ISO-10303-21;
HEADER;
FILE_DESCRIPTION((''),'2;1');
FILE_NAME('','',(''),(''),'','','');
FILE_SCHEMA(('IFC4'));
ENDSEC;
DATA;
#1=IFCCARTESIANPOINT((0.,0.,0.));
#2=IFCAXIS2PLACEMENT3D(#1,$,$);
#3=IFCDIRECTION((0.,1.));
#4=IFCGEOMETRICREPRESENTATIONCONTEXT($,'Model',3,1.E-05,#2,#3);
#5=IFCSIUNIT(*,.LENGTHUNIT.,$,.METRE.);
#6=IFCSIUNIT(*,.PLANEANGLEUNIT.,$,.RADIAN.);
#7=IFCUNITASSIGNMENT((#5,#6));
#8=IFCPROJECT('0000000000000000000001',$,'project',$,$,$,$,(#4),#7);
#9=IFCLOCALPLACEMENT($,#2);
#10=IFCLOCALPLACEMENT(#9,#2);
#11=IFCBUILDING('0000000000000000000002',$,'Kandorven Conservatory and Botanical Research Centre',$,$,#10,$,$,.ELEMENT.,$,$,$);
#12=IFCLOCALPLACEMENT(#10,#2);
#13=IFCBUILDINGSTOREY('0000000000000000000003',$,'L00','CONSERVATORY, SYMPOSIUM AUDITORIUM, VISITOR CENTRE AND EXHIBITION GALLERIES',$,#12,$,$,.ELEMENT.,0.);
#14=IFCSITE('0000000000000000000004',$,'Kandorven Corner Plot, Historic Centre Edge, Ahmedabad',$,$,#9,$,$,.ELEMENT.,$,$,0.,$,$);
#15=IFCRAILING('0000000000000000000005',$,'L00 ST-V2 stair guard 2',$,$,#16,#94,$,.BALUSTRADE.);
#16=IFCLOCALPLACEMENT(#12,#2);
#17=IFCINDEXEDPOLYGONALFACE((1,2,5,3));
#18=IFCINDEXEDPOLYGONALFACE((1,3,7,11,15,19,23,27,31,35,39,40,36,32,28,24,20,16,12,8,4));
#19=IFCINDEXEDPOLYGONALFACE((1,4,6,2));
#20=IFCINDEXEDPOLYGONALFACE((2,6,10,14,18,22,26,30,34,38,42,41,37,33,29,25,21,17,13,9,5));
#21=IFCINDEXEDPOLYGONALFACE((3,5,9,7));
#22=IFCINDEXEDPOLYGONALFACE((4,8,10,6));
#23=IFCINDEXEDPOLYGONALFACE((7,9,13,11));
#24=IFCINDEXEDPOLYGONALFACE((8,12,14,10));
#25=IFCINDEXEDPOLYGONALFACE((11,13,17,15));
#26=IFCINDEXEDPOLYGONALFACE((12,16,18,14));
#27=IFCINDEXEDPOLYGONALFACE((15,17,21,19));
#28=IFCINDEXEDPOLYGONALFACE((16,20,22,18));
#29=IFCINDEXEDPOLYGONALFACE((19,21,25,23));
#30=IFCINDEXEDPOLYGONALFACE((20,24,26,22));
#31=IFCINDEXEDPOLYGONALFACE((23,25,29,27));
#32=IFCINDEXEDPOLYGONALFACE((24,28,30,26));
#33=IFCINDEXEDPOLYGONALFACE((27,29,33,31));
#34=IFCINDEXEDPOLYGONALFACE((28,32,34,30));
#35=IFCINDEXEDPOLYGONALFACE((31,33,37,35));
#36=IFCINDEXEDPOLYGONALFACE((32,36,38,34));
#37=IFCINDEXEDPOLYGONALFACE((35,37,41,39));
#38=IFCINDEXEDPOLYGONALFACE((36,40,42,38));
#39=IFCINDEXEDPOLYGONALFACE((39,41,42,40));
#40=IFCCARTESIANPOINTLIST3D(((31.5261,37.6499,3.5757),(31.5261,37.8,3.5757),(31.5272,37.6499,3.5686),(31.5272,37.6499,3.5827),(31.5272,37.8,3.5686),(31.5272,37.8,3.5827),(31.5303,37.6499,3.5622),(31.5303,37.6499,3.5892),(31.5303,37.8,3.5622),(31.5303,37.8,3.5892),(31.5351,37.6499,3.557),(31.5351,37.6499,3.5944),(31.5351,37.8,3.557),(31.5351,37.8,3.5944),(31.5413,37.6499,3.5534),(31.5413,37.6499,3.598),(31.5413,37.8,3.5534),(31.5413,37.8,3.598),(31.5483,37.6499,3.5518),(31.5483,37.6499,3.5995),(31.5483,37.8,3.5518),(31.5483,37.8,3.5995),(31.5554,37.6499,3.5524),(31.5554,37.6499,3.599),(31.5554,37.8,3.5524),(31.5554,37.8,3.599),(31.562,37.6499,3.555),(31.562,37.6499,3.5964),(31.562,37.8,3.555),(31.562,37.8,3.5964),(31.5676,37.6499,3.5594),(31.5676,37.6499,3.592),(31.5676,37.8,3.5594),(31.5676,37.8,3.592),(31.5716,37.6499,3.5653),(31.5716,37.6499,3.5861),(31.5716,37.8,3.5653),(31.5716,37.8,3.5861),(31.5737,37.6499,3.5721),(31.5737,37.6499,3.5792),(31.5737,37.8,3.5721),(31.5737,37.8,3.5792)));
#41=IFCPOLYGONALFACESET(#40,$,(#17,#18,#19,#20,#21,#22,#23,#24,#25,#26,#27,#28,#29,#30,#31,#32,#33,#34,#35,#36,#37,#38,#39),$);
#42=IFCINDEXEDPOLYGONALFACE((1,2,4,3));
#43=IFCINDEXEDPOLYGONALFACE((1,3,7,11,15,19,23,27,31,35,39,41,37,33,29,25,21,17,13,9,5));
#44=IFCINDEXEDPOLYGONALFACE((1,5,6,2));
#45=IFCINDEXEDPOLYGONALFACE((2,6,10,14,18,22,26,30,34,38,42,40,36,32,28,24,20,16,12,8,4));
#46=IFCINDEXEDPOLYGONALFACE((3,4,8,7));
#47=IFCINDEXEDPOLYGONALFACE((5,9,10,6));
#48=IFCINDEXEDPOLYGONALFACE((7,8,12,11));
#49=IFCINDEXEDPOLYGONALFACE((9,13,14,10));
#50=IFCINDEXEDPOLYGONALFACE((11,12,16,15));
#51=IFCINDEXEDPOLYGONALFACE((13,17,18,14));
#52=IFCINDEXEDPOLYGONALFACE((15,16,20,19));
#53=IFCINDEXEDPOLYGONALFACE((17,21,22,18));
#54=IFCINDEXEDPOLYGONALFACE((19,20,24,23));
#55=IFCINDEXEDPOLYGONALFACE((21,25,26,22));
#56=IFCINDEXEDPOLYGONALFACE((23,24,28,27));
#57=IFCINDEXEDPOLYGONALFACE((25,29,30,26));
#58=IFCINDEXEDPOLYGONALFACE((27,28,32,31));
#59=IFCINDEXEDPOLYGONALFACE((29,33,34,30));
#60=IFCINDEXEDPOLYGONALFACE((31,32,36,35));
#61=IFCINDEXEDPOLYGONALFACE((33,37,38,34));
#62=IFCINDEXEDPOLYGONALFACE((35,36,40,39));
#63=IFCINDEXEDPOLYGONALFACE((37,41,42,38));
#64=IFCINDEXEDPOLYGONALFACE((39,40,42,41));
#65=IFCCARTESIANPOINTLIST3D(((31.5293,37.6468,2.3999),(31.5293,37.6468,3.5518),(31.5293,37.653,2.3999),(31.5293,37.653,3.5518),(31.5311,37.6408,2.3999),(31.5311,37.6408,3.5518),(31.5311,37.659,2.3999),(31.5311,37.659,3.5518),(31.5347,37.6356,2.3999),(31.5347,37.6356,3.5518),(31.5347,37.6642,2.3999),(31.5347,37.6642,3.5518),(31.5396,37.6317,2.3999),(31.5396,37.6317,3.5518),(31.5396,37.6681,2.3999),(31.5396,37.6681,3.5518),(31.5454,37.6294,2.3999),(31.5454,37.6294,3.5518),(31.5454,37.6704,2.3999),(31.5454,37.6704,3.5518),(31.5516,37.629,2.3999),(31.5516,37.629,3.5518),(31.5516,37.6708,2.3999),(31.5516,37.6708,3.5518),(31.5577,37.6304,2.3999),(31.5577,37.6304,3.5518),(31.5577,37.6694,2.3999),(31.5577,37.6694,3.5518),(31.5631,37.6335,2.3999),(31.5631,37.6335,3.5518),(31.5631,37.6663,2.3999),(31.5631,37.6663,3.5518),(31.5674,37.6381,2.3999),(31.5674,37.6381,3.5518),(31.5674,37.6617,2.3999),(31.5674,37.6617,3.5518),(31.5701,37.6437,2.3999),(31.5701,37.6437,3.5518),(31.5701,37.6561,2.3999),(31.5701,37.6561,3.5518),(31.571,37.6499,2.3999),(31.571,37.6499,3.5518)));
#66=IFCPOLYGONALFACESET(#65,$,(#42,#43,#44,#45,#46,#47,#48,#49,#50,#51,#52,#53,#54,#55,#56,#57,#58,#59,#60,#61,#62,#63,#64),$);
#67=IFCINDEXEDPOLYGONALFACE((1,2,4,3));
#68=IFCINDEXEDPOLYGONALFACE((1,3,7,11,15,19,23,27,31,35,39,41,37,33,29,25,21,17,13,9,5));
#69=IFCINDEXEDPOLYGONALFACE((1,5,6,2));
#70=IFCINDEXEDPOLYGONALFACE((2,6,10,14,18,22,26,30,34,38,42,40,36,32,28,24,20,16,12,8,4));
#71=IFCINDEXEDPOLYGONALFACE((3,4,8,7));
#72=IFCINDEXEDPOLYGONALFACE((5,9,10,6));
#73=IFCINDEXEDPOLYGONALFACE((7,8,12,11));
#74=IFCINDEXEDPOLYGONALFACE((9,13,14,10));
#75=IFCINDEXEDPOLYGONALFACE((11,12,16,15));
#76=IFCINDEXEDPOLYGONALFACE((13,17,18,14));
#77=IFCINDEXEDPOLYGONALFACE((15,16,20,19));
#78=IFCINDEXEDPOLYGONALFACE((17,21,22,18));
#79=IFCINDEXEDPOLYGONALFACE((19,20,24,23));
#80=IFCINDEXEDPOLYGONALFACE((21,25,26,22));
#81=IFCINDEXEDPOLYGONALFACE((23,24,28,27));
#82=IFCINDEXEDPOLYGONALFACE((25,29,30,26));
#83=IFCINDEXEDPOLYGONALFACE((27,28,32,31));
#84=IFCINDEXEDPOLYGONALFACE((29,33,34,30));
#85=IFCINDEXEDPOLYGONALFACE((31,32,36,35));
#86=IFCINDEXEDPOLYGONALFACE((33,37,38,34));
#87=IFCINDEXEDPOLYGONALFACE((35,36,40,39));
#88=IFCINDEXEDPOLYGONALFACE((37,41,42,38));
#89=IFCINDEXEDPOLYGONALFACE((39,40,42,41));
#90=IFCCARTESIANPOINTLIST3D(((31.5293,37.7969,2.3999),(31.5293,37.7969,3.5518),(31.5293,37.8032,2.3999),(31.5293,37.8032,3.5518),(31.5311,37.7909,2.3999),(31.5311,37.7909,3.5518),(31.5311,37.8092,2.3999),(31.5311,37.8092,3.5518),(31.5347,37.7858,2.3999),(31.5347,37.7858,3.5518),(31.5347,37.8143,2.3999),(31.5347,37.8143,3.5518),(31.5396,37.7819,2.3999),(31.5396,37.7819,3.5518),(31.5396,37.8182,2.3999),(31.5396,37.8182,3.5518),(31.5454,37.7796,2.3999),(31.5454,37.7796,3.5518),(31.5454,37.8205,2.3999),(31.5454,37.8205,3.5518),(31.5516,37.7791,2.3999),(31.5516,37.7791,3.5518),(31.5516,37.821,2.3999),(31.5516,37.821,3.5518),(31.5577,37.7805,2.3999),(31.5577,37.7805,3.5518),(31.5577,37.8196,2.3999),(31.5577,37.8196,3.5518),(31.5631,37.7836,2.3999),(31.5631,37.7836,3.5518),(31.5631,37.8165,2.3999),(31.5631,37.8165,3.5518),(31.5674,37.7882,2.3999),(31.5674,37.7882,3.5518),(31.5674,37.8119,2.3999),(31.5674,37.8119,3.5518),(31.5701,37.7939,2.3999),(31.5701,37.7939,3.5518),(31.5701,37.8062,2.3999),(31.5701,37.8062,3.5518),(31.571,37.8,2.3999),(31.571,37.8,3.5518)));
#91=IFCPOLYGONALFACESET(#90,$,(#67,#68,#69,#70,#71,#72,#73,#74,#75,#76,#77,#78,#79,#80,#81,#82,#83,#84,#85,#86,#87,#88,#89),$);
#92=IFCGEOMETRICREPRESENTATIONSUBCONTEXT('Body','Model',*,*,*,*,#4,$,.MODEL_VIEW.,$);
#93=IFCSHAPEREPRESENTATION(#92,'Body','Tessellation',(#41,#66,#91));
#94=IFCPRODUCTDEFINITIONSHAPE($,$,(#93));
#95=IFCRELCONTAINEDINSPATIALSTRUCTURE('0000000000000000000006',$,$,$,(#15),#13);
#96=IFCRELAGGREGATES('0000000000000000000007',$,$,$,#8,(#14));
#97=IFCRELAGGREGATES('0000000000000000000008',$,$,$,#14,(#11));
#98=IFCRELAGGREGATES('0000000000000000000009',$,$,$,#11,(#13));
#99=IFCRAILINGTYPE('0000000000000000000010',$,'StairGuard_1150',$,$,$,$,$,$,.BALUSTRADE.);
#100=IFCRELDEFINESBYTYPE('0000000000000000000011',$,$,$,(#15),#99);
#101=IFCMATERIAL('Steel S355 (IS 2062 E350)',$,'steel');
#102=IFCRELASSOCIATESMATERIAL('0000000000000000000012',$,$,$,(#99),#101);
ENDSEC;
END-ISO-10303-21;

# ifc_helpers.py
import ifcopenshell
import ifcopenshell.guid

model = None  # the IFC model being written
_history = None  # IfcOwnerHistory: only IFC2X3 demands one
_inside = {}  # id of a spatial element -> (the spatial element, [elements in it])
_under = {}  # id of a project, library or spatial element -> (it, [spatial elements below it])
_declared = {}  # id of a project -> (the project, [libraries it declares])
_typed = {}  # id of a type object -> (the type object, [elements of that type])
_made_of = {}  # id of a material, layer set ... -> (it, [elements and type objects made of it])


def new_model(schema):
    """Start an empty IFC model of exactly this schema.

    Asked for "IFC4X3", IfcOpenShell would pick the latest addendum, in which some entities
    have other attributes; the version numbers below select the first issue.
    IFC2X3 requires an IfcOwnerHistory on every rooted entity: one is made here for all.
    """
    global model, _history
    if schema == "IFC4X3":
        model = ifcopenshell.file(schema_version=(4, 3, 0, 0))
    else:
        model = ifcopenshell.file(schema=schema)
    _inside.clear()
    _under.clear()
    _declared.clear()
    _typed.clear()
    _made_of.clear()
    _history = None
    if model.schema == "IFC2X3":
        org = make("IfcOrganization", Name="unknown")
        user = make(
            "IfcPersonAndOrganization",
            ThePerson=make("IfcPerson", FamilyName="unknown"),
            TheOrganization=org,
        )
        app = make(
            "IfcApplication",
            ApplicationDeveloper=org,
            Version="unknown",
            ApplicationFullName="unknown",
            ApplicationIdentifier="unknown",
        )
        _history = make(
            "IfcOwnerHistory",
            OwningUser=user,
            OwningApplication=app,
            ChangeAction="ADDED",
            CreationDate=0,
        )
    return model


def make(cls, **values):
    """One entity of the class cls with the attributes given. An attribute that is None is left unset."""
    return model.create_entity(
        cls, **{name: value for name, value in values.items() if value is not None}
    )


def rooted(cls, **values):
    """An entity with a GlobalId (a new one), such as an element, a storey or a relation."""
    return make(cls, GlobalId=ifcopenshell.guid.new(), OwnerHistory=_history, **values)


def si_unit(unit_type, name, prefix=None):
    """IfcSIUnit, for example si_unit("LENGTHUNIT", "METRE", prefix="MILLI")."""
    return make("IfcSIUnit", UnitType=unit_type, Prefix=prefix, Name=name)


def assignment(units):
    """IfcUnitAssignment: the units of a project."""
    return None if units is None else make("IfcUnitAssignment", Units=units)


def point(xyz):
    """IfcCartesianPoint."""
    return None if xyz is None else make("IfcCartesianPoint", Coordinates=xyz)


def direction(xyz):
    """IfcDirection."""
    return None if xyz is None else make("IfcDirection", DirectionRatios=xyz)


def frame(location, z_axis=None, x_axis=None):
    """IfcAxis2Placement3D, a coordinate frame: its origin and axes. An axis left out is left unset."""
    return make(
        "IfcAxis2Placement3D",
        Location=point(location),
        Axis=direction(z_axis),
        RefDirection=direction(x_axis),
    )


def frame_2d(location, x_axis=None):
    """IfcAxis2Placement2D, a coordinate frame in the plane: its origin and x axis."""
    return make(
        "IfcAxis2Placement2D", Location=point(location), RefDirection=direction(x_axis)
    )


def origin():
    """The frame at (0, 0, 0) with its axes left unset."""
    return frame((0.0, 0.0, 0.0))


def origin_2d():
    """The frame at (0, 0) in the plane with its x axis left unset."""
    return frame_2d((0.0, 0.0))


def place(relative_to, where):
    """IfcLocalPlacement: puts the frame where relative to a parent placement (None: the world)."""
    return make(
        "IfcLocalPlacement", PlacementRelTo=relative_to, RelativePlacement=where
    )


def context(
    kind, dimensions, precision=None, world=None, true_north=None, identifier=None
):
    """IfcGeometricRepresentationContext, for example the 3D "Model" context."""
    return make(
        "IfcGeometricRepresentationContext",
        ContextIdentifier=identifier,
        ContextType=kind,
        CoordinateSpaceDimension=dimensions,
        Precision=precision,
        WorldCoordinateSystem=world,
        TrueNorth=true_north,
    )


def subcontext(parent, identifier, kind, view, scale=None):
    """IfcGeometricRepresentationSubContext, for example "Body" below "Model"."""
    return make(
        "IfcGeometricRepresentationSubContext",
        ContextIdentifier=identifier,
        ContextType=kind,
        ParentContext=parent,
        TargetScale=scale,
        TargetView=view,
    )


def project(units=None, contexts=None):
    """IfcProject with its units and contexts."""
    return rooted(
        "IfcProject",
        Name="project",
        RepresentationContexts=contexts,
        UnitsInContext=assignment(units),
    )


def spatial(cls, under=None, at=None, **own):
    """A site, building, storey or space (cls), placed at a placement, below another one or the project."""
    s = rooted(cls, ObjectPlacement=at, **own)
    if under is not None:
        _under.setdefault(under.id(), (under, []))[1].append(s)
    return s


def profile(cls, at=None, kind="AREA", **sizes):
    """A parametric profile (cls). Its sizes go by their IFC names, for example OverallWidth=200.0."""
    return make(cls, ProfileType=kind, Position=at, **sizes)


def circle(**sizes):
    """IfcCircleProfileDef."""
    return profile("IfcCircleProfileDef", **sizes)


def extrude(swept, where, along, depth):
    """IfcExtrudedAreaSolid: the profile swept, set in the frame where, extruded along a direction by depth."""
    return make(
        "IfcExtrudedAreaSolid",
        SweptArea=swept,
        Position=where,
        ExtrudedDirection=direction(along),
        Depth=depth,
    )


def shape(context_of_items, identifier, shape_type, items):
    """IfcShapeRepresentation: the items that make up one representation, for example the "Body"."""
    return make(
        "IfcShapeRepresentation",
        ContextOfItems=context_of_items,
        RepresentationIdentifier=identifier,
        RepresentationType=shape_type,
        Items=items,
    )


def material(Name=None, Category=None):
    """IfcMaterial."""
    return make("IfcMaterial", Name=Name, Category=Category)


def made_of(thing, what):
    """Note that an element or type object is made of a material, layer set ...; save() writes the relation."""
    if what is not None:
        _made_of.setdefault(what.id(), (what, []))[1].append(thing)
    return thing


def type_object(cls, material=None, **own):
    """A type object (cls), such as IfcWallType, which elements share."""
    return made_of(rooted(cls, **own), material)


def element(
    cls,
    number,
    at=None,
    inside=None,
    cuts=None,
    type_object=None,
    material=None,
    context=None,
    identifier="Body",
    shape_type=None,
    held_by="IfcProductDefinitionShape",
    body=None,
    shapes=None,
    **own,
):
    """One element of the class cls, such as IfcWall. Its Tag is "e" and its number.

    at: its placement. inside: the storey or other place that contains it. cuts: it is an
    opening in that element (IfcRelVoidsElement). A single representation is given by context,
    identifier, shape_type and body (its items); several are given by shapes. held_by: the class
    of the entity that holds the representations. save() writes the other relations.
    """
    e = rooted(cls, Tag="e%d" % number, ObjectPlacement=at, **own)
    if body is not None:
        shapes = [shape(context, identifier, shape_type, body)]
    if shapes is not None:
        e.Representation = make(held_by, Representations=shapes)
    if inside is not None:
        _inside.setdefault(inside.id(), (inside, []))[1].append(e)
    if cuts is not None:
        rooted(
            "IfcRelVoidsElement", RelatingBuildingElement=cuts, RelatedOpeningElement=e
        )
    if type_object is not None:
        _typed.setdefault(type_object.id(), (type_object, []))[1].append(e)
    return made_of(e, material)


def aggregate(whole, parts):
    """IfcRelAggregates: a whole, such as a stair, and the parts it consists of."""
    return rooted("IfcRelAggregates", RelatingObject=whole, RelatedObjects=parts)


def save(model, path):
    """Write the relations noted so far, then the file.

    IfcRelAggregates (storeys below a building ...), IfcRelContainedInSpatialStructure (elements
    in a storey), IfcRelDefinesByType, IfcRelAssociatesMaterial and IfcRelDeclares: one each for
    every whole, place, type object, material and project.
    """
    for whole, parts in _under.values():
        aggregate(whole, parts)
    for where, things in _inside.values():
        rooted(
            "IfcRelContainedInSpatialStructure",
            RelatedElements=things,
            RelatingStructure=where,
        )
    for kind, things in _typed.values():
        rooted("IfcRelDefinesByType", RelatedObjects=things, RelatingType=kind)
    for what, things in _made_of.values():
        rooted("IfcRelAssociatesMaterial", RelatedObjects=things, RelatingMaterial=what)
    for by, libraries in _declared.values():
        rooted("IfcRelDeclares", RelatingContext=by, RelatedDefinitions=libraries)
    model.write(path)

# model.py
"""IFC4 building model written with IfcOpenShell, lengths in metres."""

from ifc_helpers import new_model, si_unit, direction, frame, origin, origin_2d, place, context, subcontext, project, spatial, circle, extrude, material, type_object, element, save


model = new_model("IFC4")

# Units and contexts
model_context = context("Model", 3, precision=1e-05, world=origin(), true_north=direction((0.0, 1.0)))
body_context = subcontext(model_context, "Body", "Model", "MODEL_VIEW")
ifc_project = project(units=[si_unit("LENGTHUNIT", "METRE"), si_unit("PLANEANGLEUNIT", "RADIAN")], contexts=[model_context])

# Site, building, storey
site_placement = place(None, origin())
site = spatial("IfcSite", under=ifc_project, at=site_placement, Name="Kandorven Corner Plot, Historic Centre Edge, Ahmedabad", CompositionType="ELEMENT", RefElevation=0.0)
building_placement = place(site_placement, origin())
building = spatial("IfcBuilding", under=site, at=building_placement, Name="Kandorven Conservatory and Botanical Research Centre", CompositionType="ELEMENT")
storey_placement = place(building_placement, origin())
storey = spatial("IfcBuildingStorey", under=building, at=storey_placement, Name="L00", Description="CONSERVATORY, SYMPOSIUM AUDITORIUM, VISITOR CENTRE AND EXHIBITION GALLERIES", CompositionType="ELEMENT", Elevation=0.0)

# Railing
ifc_material_1 = material(Name="Steel S355 (IS 2062 E350)", Category="steel")
railing_type_1 = type_object("IfcRailingType", Name="StairGuard_1150", PredefinedType="BALUSTRADE", material=ifc_material_1)
railing_1_placement = place(storey_placement, frame((31.55, 37.6499, 2.3999)))
element("IfcRailing", 1, at=railing_1_placement, inside=storey, type_object=railing_type_1, Name="L00 ST-V2 stair guard 2", PredefinedType="BALUSTRADE", context=body_context, shape_type="SweptSolid", body=[
    extrude(circle(Radius=0.0239, at=origin_2d()), frame((0.0, 0.0, 1.1758), z_axis=(0.0, 1.0, 0.0), x_axis=(-1.0, 0.0, 0.0)), (0.0, 0.0, 1.0), 0.1501),
    extrude(circle(Radius=0.021, at=origin_2d()), origin(), (0.0, 0.0, 1.0), 1.1519),
    extrude(circle(Radius=0.021, at=origin_2d()), frame((0.0, 0.1501, 0.0)), (0.0, 0.0, 1.0), 1.1519),
])

save(model, "model.ifc")
